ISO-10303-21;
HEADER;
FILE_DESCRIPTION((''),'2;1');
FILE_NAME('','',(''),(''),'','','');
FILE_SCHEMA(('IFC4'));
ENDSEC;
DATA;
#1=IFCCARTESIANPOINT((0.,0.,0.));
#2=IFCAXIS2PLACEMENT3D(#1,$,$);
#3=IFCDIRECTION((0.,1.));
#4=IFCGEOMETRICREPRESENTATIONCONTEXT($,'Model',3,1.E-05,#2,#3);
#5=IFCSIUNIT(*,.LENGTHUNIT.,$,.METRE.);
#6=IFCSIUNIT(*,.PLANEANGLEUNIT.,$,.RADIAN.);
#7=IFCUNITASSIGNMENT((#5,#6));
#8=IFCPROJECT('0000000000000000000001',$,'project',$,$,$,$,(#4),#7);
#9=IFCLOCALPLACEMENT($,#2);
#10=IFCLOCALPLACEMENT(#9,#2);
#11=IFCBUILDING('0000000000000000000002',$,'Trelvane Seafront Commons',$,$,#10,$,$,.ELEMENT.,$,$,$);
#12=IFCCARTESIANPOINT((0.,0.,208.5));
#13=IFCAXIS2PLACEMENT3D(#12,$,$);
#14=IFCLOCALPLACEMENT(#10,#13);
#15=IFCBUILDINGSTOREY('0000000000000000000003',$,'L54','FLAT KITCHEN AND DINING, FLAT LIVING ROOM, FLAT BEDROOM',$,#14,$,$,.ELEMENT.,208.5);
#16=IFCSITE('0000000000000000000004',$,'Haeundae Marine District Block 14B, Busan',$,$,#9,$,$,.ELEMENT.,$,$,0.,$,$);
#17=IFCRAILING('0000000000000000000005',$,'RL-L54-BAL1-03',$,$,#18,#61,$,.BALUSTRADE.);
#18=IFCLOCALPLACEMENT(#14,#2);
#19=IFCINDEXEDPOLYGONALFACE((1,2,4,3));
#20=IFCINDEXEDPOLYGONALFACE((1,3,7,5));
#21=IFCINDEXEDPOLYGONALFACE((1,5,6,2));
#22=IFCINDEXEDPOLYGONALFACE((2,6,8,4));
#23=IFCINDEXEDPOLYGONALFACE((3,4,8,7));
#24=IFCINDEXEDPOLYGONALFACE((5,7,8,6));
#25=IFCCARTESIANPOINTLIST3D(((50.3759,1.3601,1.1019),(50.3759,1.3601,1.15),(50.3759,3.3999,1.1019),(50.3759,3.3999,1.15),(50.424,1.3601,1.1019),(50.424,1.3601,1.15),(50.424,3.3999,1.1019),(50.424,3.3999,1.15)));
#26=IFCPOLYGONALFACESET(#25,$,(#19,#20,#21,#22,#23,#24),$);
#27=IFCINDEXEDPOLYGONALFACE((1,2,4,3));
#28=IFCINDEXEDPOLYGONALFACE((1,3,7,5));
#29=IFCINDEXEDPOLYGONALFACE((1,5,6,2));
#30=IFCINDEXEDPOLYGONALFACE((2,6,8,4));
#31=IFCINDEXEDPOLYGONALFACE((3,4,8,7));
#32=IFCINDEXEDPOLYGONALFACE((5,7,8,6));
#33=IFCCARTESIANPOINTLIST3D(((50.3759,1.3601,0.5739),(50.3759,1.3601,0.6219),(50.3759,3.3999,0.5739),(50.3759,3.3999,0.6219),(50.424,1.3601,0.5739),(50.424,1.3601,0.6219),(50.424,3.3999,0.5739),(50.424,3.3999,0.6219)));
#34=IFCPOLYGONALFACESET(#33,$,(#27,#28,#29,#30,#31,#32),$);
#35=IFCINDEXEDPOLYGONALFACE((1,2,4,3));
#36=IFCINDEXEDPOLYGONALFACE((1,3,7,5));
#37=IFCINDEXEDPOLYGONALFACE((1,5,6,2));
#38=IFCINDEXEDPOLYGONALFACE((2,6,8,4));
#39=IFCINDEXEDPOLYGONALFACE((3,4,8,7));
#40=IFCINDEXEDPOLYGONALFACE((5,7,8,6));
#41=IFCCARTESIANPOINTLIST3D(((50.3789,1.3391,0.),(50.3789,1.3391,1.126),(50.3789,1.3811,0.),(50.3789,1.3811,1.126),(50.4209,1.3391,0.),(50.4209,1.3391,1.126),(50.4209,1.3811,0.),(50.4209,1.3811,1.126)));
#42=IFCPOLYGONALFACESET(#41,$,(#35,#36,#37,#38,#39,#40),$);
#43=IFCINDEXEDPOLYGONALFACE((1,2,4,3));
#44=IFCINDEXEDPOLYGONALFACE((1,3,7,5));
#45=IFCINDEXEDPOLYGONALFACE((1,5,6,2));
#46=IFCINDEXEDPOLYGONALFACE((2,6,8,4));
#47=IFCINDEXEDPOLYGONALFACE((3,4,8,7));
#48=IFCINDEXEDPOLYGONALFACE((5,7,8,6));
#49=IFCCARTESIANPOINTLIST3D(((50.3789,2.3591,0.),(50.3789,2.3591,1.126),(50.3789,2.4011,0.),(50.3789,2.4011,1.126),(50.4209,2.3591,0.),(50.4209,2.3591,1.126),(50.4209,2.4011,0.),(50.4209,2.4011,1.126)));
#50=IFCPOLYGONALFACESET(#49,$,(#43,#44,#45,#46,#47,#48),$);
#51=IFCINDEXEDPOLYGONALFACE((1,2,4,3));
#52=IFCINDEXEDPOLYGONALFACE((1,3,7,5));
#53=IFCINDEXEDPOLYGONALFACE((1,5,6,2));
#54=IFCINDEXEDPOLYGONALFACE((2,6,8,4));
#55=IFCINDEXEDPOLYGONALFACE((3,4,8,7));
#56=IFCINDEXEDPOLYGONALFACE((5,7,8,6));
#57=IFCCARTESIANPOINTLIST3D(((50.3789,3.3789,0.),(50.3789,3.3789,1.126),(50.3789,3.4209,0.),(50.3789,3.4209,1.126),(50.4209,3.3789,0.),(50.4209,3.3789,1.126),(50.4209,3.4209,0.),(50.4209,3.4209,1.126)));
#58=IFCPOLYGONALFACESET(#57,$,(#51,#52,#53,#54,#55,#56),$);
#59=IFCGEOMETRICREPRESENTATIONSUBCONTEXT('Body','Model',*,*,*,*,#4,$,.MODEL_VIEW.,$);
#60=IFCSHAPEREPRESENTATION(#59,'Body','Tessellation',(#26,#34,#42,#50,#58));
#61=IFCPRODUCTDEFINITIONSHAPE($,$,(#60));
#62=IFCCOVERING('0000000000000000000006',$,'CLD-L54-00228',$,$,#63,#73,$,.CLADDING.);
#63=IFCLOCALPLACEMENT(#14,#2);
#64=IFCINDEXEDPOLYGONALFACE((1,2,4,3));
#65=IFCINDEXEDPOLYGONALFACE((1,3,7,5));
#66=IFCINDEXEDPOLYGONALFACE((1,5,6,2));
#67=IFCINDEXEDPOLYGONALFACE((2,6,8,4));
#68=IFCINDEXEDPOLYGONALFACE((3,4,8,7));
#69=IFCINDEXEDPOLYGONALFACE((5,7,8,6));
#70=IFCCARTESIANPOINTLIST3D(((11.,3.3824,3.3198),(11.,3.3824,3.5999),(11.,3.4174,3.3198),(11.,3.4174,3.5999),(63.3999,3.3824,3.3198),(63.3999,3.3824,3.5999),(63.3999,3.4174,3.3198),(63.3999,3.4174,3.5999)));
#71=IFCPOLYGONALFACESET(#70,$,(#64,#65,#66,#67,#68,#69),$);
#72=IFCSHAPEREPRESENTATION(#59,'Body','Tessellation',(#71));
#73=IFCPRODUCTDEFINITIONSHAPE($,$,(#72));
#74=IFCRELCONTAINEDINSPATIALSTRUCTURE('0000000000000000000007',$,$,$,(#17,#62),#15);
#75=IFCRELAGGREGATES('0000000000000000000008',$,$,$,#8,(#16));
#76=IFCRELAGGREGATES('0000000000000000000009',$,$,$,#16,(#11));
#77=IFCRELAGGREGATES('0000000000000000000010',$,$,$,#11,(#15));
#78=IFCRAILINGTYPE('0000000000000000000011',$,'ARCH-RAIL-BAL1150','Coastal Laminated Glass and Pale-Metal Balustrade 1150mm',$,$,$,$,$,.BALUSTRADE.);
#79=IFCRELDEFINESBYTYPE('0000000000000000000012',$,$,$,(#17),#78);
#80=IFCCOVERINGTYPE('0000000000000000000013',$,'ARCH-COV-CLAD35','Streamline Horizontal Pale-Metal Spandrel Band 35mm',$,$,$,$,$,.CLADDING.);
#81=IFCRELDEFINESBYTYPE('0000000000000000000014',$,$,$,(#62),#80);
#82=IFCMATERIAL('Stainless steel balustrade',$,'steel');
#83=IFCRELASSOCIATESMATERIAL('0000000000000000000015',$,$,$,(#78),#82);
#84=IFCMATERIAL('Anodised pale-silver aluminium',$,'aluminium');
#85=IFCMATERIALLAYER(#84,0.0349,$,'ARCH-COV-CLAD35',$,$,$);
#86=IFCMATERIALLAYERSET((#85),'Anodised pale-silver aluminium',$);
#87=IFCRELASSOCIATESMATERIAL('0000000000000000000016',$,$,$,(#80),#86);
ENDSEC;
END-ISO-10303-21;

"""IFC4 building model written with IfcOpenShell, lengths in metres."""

from ifc_helpers import new_model, si_unit, direction, frame, origin, origin_2d, place, context, subcontext, project, spatial, rectangle, extrude, source, transform, mapped, material, layer, layer_set, type_object, element, save


model = new_model("IFC4")

# Units and contexts
model_context = context("Model", 3, precision=1e-05, world=origin(), true_north=direction((0.0, 1.0)))
body_context = subcontext(model_context, "Body", "Model", "MODEL_VIEW")
ifc_project = project(units=[si_unit("LENGTHUNIT", "METRE"), si_unit("PLANEANGLEUNIT", "RADIAN")], contexts=[model_context])

# Site, building, storey
site_placement = place(None, origin())
site = spatial("IfcSite", under=ifc_project, at=site_placement, Name="Haeundae Marine District Block 14B, Busan", CompositionType="ELEMENT", RefElevation=0.0)
building_placement = place(site_placement, origin())
building = spatial("IfcBuilding", under=site, at=building_placement, Name="Trelvane Seafront Commons", CompositionType="ELEMENT")
storey_placement = place(building_placement, frame((0.0, 0.0, 208.5)))
storey = spatial("IfcBuildingStorey", under=building, at=storey_placement, Name="L54", Description="FLAT KITCHEN AND DINING, FLAT LIVING ROOM, FLAT BEDROOM", CompositionType="ELEMENT", Elevation=208.5)

# Shared definitions
ifc_material_1 = material(Name="Anodised pale-silver aluminium", Category="aluminium")

# Railing
ifc_material_2 = material(Name="Stainless steel balustrade", Category="steel")
railing_type = type_object("IfcRailingType", Name="ARCH-RAIL-BAL1150", Description="Coastal Laminated Glass and Pale-Metal Balustrade 1150mm", PredefinedType="BALUSTRADE", material=ifc_material_2)
railing_1_placement = place(storey_placement, frame((50.3999, 1.3601, 0.0)))
element("IfcRailing", 1, at=railing_1_placement, inside=storey, type_object=railing_type, Name="RL-L54-BAL1-03", PredefinedType="BALUSTRADE", context=body_context, shape_type="SweptSolid", body=[
    extrude(rectangle(XDim=0.0481, YDim=0.0481, at=origin_2d()), frame((0.0, 0.0, 1.126), z_axis=(0.0, 1.0, 0.0), x_axis=(-1.0, 0.0, 0.0)), (0.0, 0.0, 1.0), 2.0398),
    extrude(rectangle(XDim=0.0481, YDim=0.0481, at=origin_2d()), frame((0.0, 0.0, 0.5979), z_axis=(0.0, 1.0, 0.0), x_axis=(-1.0, 0.0, 0.0)), (0.0, 0.0, 1.0), 2.0398),
    extrude(rectangle(XDim=0.042, YDim=0.042, at=origin_2d()), origin(), (0.0, 0.0, 1.0), 1.126),
    extrude(rectangle(XDim=0.042, YDim=0.042, at=origin_2d()), frame((0.0, 1.02, 0.0)), (0.0, 0.0, 1.0), 1.126),
    extrude(rectangle(XDim=0.042, YDim=0.042, at=origin_2d()), frame((0.0, 2.0398, 0.0)), (0.0, 0.0, 1.0), 1.126),
])

# Covering
ifc_layer_1 = layer(ifc_material_1, 0.0349, Name="ARCH-COV-CLAD35")
ifc_layer_set_1 = layer_set([ifc_layer_1], Name="Anodised pale-silver aluminium")
covering_type = type_object("IfcCoveringType", Name="ARCH-COV-CLAD35", Description="Streamline Horizontal Pale-Metal Spandrel Band 35mm", PredefinedType="CLADDING", material=ifc_layer_set_1)
shared_shape_1 = source(origin(), body_context, "Body", "SweptSolid", [
    extrude(rectangle(XDim=52.3999, YDim=0.0349, at=origin_2d()), origin(), (0.0, 0.0, 1.0), 0.28),
])
covering_placement = place(storey_placement, frame((37.2, 3.3999, 3.3198), z_axis=(0.0, 0.0, 1.0), x_axis=(-1.0, 0.0, 0.0)))
element("IfcCovering", 2, at=covering_placement, inside=storey, type_object=covering_type, Name="CLD-L54-00228", PredefinedType="CLADDING", context=body_context, shape_type="MappedRepresentation", body=[
    mapped(shared_shape_1, transform((0.0, 0.0, 0.0), x_axis=(1.0, 0.0, 0.0), y_axis=(0.0, 1.0, 0.0), z_axis=(0.0, 0.0, 1.0), scale=1.0)),
])

save(model, "model.ifc")
